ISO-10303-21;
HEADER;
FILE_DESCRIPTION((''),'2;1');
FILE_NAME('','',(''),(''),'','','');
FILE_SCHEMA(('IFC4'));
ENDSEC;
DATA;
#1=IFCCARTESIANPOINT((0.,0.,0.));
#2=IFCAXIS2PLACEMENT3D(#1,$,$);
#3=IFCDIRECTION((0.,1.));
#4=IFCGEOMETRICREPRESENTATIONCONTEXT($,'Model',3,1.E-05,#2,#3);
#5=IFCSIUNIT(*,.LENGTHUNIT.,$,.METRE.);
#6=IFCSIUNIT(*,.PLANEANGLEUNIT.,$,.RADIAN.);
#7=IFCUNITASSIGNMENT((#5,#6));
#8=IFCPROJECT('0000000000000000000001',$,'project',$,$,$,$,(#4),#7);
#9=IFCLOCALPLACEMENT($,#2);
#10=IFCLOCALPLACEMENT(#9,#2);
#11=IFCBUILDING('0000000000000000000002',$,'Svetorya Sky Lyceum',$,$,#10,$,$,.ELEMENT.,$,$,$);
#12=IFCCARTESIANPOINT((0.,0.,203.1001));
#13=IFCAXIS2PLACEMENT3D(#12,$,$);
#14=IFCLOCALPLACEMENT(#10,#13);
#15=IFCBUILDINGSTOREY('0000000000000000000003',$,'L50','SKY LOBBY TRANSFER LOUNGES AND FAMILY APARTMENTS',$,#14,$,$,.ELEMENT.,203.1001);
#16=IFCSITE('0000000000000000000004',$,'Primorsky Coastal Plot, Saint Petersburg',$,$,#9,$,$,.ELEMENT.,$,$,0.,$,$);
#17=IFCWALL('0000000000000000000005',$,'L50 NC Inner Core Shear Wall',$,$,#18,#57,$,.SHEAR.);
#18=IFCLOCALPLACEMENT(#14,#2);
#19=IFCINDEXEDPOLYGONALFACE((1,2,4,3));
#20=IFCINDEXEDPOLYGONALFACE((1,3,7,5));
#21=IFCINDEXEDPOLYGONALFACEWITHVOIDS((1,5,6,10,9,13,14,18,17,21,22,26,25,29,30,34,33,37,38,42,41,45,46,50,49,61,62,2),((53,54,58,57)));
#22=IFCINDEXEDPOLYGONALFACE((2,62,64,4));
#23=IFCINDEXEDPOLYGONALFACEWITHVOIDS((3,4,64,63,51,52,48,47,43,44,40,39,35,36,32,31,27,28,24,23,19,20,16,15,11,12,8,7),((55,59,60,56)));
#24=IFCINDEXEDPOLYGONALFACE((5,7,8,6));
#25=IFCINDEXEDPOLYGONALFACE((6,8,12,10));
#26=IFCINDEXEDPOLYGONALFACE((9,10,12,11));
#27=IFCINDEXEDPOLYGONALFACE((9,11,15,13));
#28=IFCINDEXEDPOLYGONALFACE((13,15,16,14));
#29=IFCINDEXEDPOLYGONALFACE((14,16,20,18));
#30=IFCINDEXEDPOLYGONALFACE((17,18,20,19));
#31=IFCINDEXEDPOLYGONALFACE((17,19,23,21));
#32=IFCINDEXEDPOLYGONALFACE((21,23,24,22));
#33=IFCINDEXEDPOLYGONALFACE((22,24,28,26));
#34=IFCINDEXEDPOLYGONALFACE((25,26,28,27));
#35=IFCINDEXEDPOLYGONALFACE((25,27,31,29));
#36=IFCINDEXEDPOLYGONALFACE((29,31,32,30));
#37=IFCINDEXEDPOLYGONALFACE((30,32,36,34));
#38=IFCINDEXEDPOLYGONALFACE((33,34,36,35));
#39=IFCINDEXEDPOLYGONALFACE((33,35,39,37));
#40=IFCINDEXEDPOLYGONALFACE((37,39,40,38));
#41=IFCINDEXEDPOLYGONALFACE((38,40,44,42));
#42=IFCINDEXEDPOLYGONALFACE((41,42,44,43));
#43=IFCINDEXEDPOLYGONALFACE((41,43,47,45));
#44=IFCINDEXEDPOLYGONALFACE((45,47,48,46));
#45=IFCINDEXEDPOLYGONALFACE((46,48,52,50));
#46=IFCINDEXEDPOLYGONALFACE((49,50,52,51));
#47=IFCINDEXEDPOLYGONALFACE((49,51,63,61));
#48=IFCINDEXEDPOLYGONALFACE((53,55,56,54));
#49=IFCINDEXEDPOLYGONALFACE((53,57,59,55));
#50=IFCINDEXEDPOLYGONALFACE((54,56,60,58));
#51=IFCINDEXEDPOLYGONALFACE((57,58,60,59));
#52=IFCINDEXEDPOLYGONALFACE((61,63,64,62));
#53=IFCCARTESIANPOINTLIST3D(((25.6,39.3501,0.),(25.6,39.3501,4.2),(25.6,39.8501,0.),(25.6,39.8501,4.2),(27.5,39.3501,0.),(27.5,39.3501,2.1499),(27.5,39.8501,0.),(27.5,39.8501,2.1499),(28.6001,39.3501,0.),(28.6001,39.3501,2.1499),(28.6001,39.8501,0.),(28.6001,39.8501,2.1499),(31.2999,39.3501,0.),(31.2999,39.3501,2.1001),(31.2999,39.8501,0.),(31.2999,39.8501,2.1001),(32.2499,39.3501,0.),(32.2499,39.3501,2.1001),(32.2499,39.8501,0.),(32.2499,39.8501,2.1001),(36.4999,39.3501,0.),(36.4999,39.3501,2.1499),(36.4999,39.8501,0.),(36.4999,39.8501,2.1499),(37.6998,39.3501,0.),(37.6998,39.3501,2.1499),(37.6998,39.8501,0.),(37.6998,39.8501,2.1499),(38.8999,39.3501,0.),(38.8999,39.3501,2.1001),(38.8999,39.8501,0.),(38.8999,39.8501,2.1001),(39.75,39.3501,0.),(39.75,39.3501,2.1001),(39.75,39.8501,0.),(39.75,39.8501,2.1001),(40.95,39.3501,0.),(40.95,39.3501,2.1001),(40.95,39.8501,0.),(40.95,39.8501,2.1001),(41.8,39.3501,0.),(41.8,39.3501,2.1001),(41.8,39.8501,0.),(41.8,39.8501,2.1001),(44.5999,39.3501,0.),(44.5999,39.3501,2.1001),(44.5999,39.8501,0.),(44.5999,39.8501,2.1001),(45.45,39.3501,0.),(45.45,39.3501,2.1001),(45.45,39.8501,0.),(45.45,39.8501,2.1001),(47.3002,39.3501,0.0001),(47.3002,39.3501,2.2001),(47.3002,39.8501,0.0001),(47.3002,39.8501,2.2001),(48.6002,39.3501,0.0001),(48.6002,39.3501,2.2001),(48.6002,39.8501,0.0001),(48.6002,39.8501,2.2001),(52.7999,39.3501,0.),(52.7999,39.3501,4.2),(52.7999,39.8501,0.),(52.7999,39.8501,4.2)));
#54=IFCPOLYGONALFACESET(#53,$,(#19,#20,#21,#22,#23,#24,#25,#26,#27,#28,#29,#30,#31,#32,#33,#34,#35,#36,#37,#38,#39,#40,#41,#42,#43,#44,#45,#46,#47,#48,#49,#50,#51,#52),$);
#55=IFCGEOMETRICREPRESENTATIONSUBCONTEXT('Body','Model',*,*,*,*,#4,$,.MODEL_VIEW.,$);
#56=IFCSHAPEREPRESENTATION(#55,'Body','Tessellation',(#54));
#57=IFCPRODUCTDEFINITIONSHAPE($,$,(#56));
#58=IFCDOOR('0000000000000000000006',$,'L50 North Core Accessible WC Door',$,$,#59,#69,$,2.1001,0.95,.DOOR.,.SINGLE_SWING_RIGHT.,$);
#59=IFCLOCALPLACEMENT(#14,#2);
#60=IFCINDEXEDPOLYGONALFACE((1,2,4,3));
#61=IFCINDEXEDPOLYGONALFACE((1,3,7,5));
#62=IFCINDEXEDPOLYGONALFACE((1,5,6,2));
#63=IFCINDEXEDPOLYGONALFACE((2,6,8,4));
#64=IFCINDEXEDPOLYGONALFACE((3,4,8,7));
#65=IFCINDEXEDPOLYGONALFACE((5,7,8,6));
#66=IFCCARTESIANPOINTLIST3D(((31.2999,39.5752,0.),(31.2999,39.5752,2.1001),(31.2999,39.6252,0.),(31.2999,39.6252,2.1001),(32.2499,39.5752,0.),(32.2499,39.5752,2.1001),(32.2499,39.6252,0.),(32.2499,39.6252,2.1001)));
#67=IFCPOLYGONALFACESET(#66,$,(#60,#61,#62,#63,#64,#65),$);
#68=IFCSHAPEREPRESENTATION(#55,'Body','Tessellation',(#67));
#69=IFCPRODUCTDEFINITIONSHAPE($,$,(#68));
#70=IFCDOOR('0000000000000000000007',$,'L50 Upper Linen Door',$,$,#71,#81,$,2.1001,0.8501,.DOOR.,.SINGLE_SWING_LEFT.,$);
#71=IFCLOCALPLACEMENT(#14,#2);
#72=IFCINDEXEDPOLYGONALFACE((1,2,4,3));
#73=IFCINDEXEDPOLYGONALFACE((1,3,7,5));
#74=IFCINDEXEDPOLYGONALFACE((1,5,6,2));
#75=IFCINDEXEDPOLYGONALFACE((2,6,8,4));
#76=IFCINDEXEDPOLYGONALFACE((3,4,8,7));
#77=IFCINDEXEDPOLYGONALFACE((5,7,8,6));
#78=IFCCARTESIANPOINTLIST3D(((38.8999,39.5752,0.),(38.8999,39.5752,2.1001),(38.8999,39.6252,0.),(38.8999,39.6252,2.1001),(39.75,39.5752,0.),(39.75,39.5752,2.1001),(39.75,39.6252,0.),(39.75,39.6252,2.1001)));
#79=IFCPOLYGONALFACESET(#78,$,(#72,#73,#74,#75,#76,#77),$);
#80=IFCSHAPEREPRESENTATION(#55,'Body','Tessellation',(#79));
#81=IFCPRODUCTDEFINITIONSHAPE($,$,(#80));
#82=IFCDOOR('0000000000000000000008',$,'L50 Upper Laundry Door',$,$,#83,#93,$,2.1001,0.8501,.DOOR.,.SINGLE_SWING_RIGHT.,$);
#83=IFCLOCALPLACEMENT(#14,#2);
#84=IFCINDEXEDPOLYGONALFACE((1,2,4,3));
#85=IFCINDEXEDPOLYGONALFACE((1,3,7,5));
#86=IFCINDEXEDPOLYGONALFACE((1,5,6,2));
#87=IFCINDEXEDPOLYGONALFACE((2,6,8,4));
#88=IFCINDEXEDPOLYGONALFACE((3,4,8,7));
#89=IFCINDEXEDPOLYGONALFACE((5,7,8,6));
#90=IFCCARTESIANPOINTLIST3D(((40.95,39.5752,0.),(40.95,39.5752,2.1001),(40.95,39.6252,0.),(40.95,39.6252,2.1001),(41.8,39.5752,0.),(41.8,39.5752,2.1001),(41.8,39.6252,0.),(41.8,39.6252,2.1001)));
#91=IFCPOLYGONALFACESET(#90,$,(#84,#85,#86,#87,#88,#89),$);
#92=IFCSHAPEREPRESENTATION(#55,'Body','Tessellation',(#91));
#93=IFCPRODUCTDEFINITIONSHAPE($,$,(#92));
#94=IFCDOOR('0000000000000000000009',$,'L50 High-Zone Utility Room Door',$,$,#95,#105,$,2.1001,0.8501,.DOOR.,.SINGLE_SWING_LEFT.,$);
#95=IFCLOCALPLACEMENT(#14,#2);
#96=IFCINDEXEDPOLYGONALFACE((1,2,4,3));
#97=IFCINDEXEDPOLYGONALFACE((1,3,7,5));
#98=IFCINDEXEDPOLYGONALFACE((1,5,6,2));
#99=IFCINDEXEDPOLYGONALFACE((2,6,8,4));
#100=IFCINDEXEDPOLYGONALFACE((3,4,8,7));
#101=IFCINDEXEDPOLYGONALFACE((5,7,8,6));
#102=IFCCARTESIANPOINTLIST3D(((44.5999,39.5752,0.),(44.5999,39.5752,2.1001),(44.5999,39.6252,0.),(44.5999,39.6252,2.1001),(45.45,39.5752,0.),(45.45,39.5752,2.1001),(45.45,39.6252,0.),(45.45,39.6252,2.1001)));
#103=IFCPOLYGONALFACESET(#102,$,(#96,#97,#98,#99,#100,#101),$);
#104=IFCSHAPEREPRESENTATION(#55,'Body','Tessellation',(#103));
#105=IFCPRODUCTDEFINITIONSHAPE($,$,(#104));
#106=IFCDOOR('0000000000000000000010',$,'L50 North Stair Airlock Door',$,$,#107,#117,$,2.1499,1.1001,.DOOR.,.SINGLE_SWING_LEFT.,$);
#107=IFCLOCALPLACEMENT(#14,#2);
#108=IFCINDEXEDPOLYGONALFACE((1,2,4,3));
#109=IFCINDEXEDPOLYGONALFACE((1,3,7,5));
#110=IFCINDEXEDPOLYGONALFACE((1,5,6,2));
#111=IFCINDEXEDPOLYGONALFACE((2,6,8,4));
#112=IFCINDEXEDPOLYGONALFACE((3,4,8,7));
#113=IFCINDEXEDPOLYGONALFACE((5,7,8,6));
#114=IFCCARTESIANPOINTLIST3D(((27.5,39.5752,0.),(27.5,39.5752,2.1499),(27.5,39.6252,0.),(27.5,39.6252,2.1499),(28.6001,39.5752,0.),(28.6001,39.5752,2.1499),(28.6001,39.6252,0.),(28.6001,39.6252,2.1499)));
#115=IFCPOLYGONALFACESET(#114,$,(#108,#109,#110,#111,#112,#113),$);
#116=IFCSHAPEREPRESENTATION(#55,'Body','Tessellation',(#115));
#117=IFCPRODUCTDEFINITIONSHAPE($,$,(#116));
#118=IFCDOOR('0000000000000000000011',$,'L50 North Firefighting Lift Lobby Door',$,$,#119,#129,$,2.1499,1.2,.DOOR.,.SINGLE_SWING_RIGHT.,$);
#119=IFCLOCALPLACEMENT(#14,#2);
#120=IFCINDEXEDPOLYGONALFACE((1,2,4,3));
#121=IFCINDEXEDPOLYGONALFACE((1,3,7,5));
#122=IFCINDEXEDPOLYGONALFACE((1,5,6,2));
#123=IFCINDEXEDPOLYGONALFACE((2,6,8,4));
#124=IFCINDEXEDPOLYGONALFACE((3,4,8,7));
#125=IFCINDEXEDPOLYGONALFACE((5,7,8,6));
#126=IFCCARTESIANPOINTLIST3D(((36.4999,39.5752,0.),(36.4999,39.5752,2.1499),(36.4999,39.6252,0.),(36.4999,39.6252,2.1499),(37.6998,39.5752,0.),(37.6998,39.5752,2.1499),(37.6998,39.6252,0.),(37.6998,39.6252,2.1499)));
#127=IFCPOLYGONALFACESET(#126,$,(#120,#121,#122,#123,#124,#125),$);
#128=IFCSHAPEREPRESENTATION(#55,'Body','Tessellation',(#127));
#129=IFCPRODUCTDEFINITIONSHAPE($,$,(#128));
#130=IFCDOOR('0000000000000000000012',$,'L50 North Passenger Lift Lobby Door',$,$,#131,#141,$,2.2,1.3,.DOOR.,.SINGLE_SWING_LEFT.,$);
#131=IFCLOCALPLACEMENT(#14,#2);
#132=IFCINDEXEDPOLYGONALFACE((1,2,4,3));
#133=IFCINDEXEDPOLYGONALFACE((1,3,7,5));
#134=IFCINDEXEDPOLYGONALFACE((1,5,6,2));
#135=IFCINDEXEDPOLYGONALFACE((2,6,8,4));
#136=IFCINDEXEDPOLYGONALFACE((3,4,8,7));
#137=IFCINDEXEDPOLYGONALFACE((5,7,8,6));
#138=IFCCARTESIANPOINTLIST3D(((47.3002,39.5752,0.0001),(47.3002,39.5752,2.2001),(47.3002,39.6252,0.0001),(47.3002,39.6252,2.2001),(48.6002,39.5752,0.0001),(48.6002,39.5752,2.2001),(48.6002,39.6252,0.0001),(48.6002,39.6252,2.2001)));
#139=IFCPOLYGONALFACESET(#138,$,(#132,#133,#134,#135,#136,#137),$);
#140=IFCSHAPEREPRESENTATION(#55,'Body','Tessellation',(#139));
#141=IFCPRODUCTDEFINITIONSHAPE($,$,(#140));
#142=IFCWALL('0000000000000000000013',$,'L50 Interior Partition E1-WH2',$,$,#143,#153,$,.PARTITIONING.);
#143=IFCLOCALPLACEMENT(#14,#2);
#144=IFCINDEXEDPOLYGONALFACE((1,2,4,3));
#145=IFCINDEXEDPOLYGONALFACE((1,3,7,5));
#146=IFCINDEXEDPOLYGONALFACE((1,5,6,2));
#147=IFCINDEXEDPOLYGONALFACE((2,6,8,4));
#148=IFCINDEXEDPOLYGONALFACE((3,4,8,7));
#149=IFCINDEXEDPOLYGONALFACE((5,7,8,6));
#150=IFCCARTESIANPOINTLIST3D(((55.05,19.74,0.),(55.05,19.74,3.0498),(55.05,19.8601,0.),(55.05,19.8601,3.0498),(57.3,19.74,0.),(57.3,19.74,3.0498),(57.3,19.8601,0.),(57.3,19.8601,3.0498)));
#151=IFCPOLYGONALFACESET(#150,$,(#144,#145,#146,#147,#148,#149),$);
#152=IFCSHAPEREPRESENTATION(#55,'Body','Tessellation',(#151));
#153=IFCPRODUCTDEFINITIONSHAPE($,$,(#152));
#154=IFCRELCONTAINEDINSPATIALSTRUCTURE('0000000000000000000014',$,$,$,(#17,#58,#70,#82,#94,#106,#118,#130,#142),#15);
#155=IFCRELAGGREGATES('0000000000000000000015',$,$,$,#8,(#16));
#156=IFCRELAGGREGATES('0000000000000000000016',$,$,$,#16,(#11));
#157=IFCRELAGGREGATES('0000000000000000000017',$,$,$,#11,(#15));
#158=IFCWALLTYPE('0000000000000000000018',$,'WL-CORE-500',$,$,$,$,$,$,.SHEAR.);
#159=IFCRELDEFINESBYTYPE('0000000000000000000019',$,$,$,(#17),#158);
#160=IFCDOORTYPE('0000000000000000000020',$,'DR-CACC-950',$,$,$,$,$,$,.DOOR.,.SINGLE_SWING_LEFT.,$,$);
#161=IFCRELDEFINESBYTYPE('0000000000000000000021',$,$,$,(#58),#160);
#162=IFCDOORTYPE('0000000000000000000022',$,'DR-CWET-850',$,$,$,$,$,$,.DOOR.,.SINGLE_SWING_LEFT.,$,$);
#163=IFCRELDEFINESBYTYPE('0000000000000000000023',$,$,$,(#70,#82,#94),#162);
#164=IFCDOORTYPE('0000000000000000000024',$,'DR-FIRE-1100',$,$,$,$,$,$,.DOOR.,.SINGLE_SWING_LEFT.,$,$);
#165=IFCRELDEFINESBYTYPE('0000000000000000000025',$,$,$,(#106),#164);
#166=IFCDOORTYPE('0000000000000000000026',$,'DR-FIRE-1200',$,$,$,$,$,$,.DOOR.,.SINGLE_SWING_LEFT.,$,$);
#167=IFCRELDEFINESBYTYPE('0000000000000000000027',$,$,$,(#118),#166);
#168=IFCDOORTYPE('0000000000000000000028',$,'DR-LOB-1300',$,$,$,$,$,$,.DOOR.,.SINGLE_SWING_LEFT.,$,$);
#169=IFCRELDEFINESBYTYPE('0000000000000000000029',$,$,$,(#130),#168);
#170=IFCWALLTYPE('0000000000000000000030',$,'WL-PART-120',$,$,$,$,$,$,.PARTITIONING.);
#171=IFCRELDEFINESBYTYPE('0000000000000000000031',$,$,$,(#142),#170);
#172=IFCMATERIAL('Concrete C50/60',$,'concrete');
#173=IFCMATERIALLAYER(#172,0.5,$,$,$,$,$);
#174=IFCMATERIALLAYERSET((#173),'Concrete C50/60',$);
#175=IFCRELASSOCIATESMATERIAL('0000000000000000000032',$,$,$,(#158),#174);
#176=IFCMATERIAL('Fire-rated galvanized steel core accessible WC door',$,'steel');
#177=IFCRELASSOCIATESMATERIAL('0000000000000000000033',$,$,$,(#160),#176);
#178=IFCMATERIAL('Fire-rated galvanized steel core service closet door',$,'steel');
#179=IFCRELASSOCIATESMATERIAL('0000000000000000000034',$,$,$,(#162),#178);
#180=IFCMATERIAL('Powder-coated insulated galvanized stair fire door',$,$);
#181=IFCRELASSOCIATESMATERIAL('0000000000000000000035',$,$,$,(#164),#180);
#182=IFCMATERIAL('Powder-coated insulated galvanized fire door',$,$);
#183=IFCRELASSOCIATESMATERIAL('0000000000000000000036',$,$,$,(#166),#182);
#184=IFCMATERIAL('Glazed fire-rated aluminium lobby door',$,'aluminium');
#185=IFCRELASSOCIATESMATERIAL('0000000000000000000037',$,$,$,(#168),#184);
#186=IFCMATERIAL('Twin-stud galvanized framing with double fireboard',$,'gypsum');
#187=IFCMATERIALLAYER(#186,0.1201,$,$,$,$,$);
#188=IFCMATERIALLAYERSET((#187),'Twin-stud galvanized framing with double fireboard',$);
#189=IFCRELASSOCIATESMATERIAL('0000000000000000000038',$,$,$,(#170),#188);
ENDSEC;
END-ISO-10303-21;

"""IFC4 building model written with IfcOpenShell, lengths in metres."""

from ifc_helpers import new_model, si_unit, direction, frame, frame_2d, origin, place, context, subcontext, project, spatial, rectangle, extrude, material, layer, layer_set, type_object, element, fill, save


model = new_model("IFC4")

# Units and contexts
model_context = context("Model", 3, precision=1e-05, world=origin(), true_north=direction((0.0, 1.0)))
body_context = subcontext(model_context, "Body", "Model", "MODEL_VIEW")
ifc_project = project(units=[si_unit("LENGTHUNIT", "METRE"), si_unit("PLANEANGLEUNIT", "RADIAN")], contexts=[model_context])

# Site, building, storey
site_placement = place(None, origin())
site = spatial("IfcSite", under=ifc_project, at=site_placement, Name="Primorsky Coastal Plot, Saint Petersburg", CompositionType="ELEMENT", RefElevation=0.0)
building_placement = place(site_placement, origin())
building = spatial("IfcBuilding", under=site, at=building_placement, Name="Svetorya Sky Lyceum", CompositionType="ELEMENT")
storey_placement = place(building_placement, frame((0.0, 0.0, 203.1001)))
storey = spatial("IfcBuildingStorey", under=building, at=storey_placement, Name="L50", Description="SKY LOBBY TRANSFER LOUNGES AND FAMILY APARTMENTS", CompositionType="ELEMENT", Elevation=203.1001)

# Shared definitions
ifc_material_1 = material(Name="Concrete C50/60", Category="concrete")

# Wall, openings, doors
ifc_layer_1 = layer(ifc_material_1, 0.5)
ifc_layer_set_1 = layer_set([ifc_layer_1], Name="Concrete C50/60")
wall_type_1 = type_object("IfcWallType", Name="WL-CORE-500", PredefinedType="SHEAR", material=ifc_layer_set_1)
wall_1_placement = place(storey_placement, frame((52.8, 39.6001, 0.0), z_axis=(0.0, 0.0, 1.0), x_axis=(-1.0, 0.0, 0.0)))
wall_1 = element("IfcWall", 1, at=wall_1_placement, inside=storey, type_object=wall_type_1, Name="L50 NC Inner Core Shear Wall", PredefinedType="SHEAR", context=body_context, shape_type="SweptSolid", body=[
    extrude(rectangle(XDim=27.2, YDim=0.5, at=frame_2d((13.6001, 0.0))), origin(), (0.0, 0.0, 1.0), 4.2),
])
opening_1_placement = place(wall_1_placement, frame((24.2, 0.0, 0.0)))
opening_1 = element("IfcOpeningElement", 2, at=opening_1_placement, cuts=wall_1, PredefinedType="OPENING", context=body_context, shape_type="SweptSolid", body=[
    extrude(rectangle(XDim=1.1001, YDim=2.1499, at=frame_2d((0.55, 1.075))), frame((0.0, 0.26, 0.0), z_axis=(0.0, -1.0, 0.0), x_axis=(1.0, 0.0, 0.0)), (0.0, 0.0, 1.0), 0.52),
])
opening_2_placement = place(wall_1_placement, frame((20.55, 0.0, 0.0)))
opening_2 = element("IfcOpeningElement", 3, at=opening_2_placement, cuts=wall_1, PredefinedType="OPENING", context=body_context, shape_type="SweptSolid", body=[
    extrude(rectangle(XDim=0.95, YDim=2.1001, at=frame_2d((0.4751, 1.05))), frame((0.0, 0.26, 0.0), z_axis=(0.0, -1.0, 0.0), x_axis=(1.0, 0.0, 0.0)), (0.0, 0.0, 1.0), 0.52),
])
opening_3_placement = place(wall_1_placement, frame((15.1001, 0.0, 0.0)))
opening_3 = element("IfcOpeningElement", 4, at=opening_3_placement, cuts=wall_1, PredefinedType="OPENING", context=body_context, shape_type="SweptSolid", body=[
    extrude(rectangle(XDim=1.2, YDim=2.1499, at=frame_2d((0.6001, 1.075))), frame((0.0, 0.26, 0.0), z_axis=(0.0, -1.0, 0.0), x_axis=(1.0, 0.0, 0.0)), (0.0, 0.0, 1.0), 0.52),
])
opening_4_placement = place(wall_1_placement, frame((13.05, 0.0, 0.0)))
opening_4 = element("IfcOpeningElement", 5, at=opening_4_placement, cuts=wall_1, PredefinedType="OPENING", context=body_context, shape_type="SweptSolid", body=[
    extrude(rectangle(XDim=0.8501, YDim=2.1001, at=frame_2d((0.425, 1.05))), frame((0.0, 0.26, 0.0), z_axis=(0.0, -1.0, 0.0), x_axis=(1.0, 0.0, 0.0)), (0.0, 0.0, 1.0), 0.52),
])
opening_5_placement = place(wall_1_placement, frame((11.0, 0.0, 0.0)))
opening_5 = element("IfcOpeningElement", 6, at=opening_5_placement, cuts=wall_1, PredefinedType="OPENING", context=body_context, shape_type="SweptSolid", body=[
    extrude(rectangle(XDim=0.8501, YDim=2.1001, at=frame_2d((0.425, 1.05))), frame((0.0, 0.26, 0.0), z_axis=(0.0, -1.0, 0.0), x_axis=(1.0, 0.0, 0.0)), (0.0, 0.0, 1.0), 0.52),
])
opening_6_placement = place(wall_1_placement, frame((7.3501, 0.0, 0.0)))
opening_6 = element("IfcOpeningElement", 7, at=opening_6_placement, cuts=wall_1, PredefinedType="OPENING", context=body_context, shape_type="SweptSolid", body=[
    extrude(rectangle(XDim=0.8501, YDim=2.1001, at=frame_2d((0.425, 1.05))), frame((0.0, 0.26, 0.0), z_axis=(0.0, -1.0, 0.0), x_axis=(1.0, 0.0, 0.0)), (0.0, 0.0, 1.0), 0.52),
])
opening_7_placement = place(wall_1_placement, frame((4.2, 0.0, 0.0)))
opening_7 = element("IfcOpeningElement", 8, at=opening_7_placement, cuts=wall_1, PredefinedType="OPENING", context=body_context, shape_type="SweptSolid", body=[
    extrude(rectangle(XDim=1.3, YDim=2.2, at=frame_2d((0.6499, 1.1001))), frame((0.0, 0.26, 0.0), z_axis=(0.0, -1.0, 0.0), x_axis=(1.0, 0.0, 0.0)), (0.0, 0.0, 1.0), 0.52),
])
ifc_material_2 = material(Name="Fire-rated galvanized steel core accessible WC door", Category="steel")
door_type_1 = type_object("IfcDoorType", Name="DR-CACC-950", OperationType="SINGLE_SWING_LEFT", PredefinedType="DOOR", material=ifc_material_2)
door_1_placement = place(opening_2_placement, origin())
door_1 = element("IfcDoor", 9, at=door_1_placement, inside=storey, type_object=door_type_1, Name="L50 North Core Accessible WC Door", OperationType="SINGLE_SWING_RIGHT", OverallHeight=2.1001, OverallWidth=0.95, PredefinedType="DOOR", context=body_context, shape_type="SweptSolid", body=[
    extrude(rectangle(XDim=0.95, YDim=2.1001, at=frame_2d((0.4751, 1.05))), frame((0.0, 0.0249, 0.0), z_axis=(0.0, -1.0, 0.0), x_axis=(1.0, 0.0, 0.0)), (0.0, 0.0, 1.0), 0.05),
])
fill(opening_2, door_1)
ifc_material_3 = material(Name="Fire-rated galvanized steel core service closet door", Category="steel")
door_type_2 = type_object("IfcDoorType", Name="DR-CWET-850", OperationType="SINGLE_SWING_LEFT", PredefinedType="DOOR", material=ifc_material_3)
door_2_placement = place(opening_4_placement, origin())
door_2 = element("IfcDoor", 10, at=door_2_placement, inside=storey, type_object=door_type_2, Name="L50 Upper Linen Door", OperationType="SINGLE_SWING_LEFT", OverallHeight=2.1001, OverallWidth=0.8501, PredefinedType="DOOR", context=body_context, shape_type="SweptSolid", body=[
    extrude(rectangle(XDim=0.8501, YDim=2.1001, at=frame_2d((0.425, 1.05))), frame((0.0, 0.0249, 0.0), z_axis=(0.0, -1.0, 0.0), x_axis=(1.0, 0.0, 0.0)), (0.0, 0.0, 1.0), 0.05),
])
fill(opening_4, door_2)
door_3_placement = place(opening_5_placement, origin())
door_3 = element("IfcDoor", 11, at=door_3_placement, inside=storey, type_object=door_type_2, Name="L50 Upper Laundry Door", OperationType="SINGLE_SWING_RIGHT", OverallHeight=2.1001, OverallWidth=0.8501, PredefinedType="DOOR", context=body_context, shape_type="SweptSolid", body=[
    extrude(rectangle(XDim=0.8501, YDim=2.1001, at=frame_2d((0.425, 1.05))), frame((0.0, 0.0249, 0.0), z_axis=(0.0, -1.0, 0.0), x_axis=(1.0, 0.0, 0.0)), (0.0, 0.0, 1.0), 0.05),
])
fill(opening_5, door_3)
door_4_placement = place(opening_6_placement, origin())
door_4 = element("IfcDoor", 12, at=door_4_placement, inside=storey, type_object=door_type_2, Name="L50 High-Zone Utility Room Door", OperationType="SINGLE_SWING_LEFT", OverallHeight=2.1001, OverallWidth=0.8501, PredefinedType="DOOR", context=body_context, shape_type="SweptSolid", body=[
    extrude(rectangle(XDim=0.8501, YDim=2.1001, at=frame_2d((0.425, 1.05))), frame((0.0, 0.0249, 0.0), z_axis=(0.0, -1.0, 0.0), x_axis=(1.0, 0.0, 0.0)), (0.0, 0.0, 1.0), 0.05),
])
fill(opening_6, door_4)
ifc_material_4 = material(Name="Powder-coated insulated galvanized stair fire door")
door_type_3 = type_object("IfcDoorType", Name="DR-FIRE-1100", OperationType="SINGLE_SWING_LEFT", PredefinedType="DOOR", material=ifc_material_4)
door_5_placement = place(opening_1_placement, origin())
door_5 = element("IfcDoor", 13, at=door_5_placement, inside=storey, type_object=door_type_3, Name="L50 North Stair Airlock Door", OperationType="SINGLE_SWING_LEFT", OverallHeight=2.1499, OverallWidth=1.1001, PredefinedType="DOOR", context=body_context, shape_type="SweptSolid", body=[
    extrude(rectangle(XDim=1.1001, YDim=2.1499, at=frame_2d((0.55, 1.075))), frame((0.0, 0.0249, 0.0), z_axis=(0.0, -1.0, 0.0), x_axis=(1.0, 0.0, 0.0)), (0.0, 0.0, 1.0), 0.05),
])
fill(opening_1, door_5)
ifc_material_5 = material(Name="Powder-coated insulated galvanized fire door")
door_type_4 = type_object("IfcDoorType", Name="DR-FIRE-1200", OperationType="SINGLE_SWING_LEFT", PredefinedType="DOOR", material=ifc_material_5)
door_6_placement = place(opening_3_placement, origin())
door_6 = element("IfcDoor", 14, at=door_6_placement, inside=storey, type_object=door_type_4, Name="L50 North Firefighting Lift Lobby Door", OperationType="SINGLE_SWING_RIGHT", OverallHeight=2.1499, OverallWidth=1.2, PredefinedType="DOOR", context=body_context, shape_type="SweptSolid", body=[
    extrude(rectangle(XDim=1.2, YDim=2.1499, at=frame_2d((0.6001, 1.075))), frame((0.0, 0.0249, 0.0), z_axis=(0.0, -1.0, 0.0), x_axis=(1.0, 0.0, 0.0)), (0.0, 0.0, 1.0), 0.05),
])
fill(opening_3, door_6)
ifc_material_6 = material(Name="Glazed fire-rated aluminium lobby door", Category="aluminium")
door_type_5 = type_object("IfcDoorType", Name="DR-LOB-1300", OperationType="SINGLE_SWING_LEFT", PredefinedType="DOOR", material=ifc_material_6)
door_7_placement = place(opening_7_placement, origin())
door_7 = element("IfcDoor", 15, at=door_7_placement, inside=storey, type_object=door_type_5, Name="L50 North Passenger Lift Lobby Door", OperationType="SINGLE_SWING_LEFT", OverallHeight=2.2, OverallWidth=1.3, PredefinedType="DOOR", context=body_context, shape_type="SweptSolid", body=[
    extrude(rectangle(XDim=1.3, YDim=2.2, at=frame_2d((0.6499, 1.1001))), frame((0.0, 0.0249, 0.0), z_axis=(0.0, -1.0, 0.0), x_axis=(1.0, 0.0, 0.0)), (0.0, 0.0, 1.0), 0.05),
])
fill(opening_7, door_7)

# Wall
ifc_material_7 = material(Name="Twin-stud galvanized framing with double fireboard", Category="gypsum")
ifc_layer_2 = layer(ifc_material_7, 0.1201)
ifc_layer_set_2 = layer_set([ifc_layer_2], Name="Twin-stud galvanized framing with double fireboard")
wall_type_2 = type_object("IfcWallType", Name="WL-PART-120", PredefinedType="PARTITIONING", material=ifc_layer_set_2)
wall_2_placement = place(storey_placement, frame((55.05, 19.8, 0.0), z_axis=(0.0, 0.0, 1.0), x_axis=(1.0, 0.0, 0.0)))
element("IfcWall", 16, at=wall_2_placement, inside=storey, type_object=wall_type_2, Name="L50 Interior Partition E1-WH2", PredefinedType="PARTITIONING", context=body_context, shape_type="SweptSolid", body=[
    extrude(rectangle(XDim=2.25, YDim=0.1201, at=frame_2d((1.125, 0.0))), origin(), (0.0, 0.0, 1.0), 3.0498),
])

save(model, "model.ifc")
